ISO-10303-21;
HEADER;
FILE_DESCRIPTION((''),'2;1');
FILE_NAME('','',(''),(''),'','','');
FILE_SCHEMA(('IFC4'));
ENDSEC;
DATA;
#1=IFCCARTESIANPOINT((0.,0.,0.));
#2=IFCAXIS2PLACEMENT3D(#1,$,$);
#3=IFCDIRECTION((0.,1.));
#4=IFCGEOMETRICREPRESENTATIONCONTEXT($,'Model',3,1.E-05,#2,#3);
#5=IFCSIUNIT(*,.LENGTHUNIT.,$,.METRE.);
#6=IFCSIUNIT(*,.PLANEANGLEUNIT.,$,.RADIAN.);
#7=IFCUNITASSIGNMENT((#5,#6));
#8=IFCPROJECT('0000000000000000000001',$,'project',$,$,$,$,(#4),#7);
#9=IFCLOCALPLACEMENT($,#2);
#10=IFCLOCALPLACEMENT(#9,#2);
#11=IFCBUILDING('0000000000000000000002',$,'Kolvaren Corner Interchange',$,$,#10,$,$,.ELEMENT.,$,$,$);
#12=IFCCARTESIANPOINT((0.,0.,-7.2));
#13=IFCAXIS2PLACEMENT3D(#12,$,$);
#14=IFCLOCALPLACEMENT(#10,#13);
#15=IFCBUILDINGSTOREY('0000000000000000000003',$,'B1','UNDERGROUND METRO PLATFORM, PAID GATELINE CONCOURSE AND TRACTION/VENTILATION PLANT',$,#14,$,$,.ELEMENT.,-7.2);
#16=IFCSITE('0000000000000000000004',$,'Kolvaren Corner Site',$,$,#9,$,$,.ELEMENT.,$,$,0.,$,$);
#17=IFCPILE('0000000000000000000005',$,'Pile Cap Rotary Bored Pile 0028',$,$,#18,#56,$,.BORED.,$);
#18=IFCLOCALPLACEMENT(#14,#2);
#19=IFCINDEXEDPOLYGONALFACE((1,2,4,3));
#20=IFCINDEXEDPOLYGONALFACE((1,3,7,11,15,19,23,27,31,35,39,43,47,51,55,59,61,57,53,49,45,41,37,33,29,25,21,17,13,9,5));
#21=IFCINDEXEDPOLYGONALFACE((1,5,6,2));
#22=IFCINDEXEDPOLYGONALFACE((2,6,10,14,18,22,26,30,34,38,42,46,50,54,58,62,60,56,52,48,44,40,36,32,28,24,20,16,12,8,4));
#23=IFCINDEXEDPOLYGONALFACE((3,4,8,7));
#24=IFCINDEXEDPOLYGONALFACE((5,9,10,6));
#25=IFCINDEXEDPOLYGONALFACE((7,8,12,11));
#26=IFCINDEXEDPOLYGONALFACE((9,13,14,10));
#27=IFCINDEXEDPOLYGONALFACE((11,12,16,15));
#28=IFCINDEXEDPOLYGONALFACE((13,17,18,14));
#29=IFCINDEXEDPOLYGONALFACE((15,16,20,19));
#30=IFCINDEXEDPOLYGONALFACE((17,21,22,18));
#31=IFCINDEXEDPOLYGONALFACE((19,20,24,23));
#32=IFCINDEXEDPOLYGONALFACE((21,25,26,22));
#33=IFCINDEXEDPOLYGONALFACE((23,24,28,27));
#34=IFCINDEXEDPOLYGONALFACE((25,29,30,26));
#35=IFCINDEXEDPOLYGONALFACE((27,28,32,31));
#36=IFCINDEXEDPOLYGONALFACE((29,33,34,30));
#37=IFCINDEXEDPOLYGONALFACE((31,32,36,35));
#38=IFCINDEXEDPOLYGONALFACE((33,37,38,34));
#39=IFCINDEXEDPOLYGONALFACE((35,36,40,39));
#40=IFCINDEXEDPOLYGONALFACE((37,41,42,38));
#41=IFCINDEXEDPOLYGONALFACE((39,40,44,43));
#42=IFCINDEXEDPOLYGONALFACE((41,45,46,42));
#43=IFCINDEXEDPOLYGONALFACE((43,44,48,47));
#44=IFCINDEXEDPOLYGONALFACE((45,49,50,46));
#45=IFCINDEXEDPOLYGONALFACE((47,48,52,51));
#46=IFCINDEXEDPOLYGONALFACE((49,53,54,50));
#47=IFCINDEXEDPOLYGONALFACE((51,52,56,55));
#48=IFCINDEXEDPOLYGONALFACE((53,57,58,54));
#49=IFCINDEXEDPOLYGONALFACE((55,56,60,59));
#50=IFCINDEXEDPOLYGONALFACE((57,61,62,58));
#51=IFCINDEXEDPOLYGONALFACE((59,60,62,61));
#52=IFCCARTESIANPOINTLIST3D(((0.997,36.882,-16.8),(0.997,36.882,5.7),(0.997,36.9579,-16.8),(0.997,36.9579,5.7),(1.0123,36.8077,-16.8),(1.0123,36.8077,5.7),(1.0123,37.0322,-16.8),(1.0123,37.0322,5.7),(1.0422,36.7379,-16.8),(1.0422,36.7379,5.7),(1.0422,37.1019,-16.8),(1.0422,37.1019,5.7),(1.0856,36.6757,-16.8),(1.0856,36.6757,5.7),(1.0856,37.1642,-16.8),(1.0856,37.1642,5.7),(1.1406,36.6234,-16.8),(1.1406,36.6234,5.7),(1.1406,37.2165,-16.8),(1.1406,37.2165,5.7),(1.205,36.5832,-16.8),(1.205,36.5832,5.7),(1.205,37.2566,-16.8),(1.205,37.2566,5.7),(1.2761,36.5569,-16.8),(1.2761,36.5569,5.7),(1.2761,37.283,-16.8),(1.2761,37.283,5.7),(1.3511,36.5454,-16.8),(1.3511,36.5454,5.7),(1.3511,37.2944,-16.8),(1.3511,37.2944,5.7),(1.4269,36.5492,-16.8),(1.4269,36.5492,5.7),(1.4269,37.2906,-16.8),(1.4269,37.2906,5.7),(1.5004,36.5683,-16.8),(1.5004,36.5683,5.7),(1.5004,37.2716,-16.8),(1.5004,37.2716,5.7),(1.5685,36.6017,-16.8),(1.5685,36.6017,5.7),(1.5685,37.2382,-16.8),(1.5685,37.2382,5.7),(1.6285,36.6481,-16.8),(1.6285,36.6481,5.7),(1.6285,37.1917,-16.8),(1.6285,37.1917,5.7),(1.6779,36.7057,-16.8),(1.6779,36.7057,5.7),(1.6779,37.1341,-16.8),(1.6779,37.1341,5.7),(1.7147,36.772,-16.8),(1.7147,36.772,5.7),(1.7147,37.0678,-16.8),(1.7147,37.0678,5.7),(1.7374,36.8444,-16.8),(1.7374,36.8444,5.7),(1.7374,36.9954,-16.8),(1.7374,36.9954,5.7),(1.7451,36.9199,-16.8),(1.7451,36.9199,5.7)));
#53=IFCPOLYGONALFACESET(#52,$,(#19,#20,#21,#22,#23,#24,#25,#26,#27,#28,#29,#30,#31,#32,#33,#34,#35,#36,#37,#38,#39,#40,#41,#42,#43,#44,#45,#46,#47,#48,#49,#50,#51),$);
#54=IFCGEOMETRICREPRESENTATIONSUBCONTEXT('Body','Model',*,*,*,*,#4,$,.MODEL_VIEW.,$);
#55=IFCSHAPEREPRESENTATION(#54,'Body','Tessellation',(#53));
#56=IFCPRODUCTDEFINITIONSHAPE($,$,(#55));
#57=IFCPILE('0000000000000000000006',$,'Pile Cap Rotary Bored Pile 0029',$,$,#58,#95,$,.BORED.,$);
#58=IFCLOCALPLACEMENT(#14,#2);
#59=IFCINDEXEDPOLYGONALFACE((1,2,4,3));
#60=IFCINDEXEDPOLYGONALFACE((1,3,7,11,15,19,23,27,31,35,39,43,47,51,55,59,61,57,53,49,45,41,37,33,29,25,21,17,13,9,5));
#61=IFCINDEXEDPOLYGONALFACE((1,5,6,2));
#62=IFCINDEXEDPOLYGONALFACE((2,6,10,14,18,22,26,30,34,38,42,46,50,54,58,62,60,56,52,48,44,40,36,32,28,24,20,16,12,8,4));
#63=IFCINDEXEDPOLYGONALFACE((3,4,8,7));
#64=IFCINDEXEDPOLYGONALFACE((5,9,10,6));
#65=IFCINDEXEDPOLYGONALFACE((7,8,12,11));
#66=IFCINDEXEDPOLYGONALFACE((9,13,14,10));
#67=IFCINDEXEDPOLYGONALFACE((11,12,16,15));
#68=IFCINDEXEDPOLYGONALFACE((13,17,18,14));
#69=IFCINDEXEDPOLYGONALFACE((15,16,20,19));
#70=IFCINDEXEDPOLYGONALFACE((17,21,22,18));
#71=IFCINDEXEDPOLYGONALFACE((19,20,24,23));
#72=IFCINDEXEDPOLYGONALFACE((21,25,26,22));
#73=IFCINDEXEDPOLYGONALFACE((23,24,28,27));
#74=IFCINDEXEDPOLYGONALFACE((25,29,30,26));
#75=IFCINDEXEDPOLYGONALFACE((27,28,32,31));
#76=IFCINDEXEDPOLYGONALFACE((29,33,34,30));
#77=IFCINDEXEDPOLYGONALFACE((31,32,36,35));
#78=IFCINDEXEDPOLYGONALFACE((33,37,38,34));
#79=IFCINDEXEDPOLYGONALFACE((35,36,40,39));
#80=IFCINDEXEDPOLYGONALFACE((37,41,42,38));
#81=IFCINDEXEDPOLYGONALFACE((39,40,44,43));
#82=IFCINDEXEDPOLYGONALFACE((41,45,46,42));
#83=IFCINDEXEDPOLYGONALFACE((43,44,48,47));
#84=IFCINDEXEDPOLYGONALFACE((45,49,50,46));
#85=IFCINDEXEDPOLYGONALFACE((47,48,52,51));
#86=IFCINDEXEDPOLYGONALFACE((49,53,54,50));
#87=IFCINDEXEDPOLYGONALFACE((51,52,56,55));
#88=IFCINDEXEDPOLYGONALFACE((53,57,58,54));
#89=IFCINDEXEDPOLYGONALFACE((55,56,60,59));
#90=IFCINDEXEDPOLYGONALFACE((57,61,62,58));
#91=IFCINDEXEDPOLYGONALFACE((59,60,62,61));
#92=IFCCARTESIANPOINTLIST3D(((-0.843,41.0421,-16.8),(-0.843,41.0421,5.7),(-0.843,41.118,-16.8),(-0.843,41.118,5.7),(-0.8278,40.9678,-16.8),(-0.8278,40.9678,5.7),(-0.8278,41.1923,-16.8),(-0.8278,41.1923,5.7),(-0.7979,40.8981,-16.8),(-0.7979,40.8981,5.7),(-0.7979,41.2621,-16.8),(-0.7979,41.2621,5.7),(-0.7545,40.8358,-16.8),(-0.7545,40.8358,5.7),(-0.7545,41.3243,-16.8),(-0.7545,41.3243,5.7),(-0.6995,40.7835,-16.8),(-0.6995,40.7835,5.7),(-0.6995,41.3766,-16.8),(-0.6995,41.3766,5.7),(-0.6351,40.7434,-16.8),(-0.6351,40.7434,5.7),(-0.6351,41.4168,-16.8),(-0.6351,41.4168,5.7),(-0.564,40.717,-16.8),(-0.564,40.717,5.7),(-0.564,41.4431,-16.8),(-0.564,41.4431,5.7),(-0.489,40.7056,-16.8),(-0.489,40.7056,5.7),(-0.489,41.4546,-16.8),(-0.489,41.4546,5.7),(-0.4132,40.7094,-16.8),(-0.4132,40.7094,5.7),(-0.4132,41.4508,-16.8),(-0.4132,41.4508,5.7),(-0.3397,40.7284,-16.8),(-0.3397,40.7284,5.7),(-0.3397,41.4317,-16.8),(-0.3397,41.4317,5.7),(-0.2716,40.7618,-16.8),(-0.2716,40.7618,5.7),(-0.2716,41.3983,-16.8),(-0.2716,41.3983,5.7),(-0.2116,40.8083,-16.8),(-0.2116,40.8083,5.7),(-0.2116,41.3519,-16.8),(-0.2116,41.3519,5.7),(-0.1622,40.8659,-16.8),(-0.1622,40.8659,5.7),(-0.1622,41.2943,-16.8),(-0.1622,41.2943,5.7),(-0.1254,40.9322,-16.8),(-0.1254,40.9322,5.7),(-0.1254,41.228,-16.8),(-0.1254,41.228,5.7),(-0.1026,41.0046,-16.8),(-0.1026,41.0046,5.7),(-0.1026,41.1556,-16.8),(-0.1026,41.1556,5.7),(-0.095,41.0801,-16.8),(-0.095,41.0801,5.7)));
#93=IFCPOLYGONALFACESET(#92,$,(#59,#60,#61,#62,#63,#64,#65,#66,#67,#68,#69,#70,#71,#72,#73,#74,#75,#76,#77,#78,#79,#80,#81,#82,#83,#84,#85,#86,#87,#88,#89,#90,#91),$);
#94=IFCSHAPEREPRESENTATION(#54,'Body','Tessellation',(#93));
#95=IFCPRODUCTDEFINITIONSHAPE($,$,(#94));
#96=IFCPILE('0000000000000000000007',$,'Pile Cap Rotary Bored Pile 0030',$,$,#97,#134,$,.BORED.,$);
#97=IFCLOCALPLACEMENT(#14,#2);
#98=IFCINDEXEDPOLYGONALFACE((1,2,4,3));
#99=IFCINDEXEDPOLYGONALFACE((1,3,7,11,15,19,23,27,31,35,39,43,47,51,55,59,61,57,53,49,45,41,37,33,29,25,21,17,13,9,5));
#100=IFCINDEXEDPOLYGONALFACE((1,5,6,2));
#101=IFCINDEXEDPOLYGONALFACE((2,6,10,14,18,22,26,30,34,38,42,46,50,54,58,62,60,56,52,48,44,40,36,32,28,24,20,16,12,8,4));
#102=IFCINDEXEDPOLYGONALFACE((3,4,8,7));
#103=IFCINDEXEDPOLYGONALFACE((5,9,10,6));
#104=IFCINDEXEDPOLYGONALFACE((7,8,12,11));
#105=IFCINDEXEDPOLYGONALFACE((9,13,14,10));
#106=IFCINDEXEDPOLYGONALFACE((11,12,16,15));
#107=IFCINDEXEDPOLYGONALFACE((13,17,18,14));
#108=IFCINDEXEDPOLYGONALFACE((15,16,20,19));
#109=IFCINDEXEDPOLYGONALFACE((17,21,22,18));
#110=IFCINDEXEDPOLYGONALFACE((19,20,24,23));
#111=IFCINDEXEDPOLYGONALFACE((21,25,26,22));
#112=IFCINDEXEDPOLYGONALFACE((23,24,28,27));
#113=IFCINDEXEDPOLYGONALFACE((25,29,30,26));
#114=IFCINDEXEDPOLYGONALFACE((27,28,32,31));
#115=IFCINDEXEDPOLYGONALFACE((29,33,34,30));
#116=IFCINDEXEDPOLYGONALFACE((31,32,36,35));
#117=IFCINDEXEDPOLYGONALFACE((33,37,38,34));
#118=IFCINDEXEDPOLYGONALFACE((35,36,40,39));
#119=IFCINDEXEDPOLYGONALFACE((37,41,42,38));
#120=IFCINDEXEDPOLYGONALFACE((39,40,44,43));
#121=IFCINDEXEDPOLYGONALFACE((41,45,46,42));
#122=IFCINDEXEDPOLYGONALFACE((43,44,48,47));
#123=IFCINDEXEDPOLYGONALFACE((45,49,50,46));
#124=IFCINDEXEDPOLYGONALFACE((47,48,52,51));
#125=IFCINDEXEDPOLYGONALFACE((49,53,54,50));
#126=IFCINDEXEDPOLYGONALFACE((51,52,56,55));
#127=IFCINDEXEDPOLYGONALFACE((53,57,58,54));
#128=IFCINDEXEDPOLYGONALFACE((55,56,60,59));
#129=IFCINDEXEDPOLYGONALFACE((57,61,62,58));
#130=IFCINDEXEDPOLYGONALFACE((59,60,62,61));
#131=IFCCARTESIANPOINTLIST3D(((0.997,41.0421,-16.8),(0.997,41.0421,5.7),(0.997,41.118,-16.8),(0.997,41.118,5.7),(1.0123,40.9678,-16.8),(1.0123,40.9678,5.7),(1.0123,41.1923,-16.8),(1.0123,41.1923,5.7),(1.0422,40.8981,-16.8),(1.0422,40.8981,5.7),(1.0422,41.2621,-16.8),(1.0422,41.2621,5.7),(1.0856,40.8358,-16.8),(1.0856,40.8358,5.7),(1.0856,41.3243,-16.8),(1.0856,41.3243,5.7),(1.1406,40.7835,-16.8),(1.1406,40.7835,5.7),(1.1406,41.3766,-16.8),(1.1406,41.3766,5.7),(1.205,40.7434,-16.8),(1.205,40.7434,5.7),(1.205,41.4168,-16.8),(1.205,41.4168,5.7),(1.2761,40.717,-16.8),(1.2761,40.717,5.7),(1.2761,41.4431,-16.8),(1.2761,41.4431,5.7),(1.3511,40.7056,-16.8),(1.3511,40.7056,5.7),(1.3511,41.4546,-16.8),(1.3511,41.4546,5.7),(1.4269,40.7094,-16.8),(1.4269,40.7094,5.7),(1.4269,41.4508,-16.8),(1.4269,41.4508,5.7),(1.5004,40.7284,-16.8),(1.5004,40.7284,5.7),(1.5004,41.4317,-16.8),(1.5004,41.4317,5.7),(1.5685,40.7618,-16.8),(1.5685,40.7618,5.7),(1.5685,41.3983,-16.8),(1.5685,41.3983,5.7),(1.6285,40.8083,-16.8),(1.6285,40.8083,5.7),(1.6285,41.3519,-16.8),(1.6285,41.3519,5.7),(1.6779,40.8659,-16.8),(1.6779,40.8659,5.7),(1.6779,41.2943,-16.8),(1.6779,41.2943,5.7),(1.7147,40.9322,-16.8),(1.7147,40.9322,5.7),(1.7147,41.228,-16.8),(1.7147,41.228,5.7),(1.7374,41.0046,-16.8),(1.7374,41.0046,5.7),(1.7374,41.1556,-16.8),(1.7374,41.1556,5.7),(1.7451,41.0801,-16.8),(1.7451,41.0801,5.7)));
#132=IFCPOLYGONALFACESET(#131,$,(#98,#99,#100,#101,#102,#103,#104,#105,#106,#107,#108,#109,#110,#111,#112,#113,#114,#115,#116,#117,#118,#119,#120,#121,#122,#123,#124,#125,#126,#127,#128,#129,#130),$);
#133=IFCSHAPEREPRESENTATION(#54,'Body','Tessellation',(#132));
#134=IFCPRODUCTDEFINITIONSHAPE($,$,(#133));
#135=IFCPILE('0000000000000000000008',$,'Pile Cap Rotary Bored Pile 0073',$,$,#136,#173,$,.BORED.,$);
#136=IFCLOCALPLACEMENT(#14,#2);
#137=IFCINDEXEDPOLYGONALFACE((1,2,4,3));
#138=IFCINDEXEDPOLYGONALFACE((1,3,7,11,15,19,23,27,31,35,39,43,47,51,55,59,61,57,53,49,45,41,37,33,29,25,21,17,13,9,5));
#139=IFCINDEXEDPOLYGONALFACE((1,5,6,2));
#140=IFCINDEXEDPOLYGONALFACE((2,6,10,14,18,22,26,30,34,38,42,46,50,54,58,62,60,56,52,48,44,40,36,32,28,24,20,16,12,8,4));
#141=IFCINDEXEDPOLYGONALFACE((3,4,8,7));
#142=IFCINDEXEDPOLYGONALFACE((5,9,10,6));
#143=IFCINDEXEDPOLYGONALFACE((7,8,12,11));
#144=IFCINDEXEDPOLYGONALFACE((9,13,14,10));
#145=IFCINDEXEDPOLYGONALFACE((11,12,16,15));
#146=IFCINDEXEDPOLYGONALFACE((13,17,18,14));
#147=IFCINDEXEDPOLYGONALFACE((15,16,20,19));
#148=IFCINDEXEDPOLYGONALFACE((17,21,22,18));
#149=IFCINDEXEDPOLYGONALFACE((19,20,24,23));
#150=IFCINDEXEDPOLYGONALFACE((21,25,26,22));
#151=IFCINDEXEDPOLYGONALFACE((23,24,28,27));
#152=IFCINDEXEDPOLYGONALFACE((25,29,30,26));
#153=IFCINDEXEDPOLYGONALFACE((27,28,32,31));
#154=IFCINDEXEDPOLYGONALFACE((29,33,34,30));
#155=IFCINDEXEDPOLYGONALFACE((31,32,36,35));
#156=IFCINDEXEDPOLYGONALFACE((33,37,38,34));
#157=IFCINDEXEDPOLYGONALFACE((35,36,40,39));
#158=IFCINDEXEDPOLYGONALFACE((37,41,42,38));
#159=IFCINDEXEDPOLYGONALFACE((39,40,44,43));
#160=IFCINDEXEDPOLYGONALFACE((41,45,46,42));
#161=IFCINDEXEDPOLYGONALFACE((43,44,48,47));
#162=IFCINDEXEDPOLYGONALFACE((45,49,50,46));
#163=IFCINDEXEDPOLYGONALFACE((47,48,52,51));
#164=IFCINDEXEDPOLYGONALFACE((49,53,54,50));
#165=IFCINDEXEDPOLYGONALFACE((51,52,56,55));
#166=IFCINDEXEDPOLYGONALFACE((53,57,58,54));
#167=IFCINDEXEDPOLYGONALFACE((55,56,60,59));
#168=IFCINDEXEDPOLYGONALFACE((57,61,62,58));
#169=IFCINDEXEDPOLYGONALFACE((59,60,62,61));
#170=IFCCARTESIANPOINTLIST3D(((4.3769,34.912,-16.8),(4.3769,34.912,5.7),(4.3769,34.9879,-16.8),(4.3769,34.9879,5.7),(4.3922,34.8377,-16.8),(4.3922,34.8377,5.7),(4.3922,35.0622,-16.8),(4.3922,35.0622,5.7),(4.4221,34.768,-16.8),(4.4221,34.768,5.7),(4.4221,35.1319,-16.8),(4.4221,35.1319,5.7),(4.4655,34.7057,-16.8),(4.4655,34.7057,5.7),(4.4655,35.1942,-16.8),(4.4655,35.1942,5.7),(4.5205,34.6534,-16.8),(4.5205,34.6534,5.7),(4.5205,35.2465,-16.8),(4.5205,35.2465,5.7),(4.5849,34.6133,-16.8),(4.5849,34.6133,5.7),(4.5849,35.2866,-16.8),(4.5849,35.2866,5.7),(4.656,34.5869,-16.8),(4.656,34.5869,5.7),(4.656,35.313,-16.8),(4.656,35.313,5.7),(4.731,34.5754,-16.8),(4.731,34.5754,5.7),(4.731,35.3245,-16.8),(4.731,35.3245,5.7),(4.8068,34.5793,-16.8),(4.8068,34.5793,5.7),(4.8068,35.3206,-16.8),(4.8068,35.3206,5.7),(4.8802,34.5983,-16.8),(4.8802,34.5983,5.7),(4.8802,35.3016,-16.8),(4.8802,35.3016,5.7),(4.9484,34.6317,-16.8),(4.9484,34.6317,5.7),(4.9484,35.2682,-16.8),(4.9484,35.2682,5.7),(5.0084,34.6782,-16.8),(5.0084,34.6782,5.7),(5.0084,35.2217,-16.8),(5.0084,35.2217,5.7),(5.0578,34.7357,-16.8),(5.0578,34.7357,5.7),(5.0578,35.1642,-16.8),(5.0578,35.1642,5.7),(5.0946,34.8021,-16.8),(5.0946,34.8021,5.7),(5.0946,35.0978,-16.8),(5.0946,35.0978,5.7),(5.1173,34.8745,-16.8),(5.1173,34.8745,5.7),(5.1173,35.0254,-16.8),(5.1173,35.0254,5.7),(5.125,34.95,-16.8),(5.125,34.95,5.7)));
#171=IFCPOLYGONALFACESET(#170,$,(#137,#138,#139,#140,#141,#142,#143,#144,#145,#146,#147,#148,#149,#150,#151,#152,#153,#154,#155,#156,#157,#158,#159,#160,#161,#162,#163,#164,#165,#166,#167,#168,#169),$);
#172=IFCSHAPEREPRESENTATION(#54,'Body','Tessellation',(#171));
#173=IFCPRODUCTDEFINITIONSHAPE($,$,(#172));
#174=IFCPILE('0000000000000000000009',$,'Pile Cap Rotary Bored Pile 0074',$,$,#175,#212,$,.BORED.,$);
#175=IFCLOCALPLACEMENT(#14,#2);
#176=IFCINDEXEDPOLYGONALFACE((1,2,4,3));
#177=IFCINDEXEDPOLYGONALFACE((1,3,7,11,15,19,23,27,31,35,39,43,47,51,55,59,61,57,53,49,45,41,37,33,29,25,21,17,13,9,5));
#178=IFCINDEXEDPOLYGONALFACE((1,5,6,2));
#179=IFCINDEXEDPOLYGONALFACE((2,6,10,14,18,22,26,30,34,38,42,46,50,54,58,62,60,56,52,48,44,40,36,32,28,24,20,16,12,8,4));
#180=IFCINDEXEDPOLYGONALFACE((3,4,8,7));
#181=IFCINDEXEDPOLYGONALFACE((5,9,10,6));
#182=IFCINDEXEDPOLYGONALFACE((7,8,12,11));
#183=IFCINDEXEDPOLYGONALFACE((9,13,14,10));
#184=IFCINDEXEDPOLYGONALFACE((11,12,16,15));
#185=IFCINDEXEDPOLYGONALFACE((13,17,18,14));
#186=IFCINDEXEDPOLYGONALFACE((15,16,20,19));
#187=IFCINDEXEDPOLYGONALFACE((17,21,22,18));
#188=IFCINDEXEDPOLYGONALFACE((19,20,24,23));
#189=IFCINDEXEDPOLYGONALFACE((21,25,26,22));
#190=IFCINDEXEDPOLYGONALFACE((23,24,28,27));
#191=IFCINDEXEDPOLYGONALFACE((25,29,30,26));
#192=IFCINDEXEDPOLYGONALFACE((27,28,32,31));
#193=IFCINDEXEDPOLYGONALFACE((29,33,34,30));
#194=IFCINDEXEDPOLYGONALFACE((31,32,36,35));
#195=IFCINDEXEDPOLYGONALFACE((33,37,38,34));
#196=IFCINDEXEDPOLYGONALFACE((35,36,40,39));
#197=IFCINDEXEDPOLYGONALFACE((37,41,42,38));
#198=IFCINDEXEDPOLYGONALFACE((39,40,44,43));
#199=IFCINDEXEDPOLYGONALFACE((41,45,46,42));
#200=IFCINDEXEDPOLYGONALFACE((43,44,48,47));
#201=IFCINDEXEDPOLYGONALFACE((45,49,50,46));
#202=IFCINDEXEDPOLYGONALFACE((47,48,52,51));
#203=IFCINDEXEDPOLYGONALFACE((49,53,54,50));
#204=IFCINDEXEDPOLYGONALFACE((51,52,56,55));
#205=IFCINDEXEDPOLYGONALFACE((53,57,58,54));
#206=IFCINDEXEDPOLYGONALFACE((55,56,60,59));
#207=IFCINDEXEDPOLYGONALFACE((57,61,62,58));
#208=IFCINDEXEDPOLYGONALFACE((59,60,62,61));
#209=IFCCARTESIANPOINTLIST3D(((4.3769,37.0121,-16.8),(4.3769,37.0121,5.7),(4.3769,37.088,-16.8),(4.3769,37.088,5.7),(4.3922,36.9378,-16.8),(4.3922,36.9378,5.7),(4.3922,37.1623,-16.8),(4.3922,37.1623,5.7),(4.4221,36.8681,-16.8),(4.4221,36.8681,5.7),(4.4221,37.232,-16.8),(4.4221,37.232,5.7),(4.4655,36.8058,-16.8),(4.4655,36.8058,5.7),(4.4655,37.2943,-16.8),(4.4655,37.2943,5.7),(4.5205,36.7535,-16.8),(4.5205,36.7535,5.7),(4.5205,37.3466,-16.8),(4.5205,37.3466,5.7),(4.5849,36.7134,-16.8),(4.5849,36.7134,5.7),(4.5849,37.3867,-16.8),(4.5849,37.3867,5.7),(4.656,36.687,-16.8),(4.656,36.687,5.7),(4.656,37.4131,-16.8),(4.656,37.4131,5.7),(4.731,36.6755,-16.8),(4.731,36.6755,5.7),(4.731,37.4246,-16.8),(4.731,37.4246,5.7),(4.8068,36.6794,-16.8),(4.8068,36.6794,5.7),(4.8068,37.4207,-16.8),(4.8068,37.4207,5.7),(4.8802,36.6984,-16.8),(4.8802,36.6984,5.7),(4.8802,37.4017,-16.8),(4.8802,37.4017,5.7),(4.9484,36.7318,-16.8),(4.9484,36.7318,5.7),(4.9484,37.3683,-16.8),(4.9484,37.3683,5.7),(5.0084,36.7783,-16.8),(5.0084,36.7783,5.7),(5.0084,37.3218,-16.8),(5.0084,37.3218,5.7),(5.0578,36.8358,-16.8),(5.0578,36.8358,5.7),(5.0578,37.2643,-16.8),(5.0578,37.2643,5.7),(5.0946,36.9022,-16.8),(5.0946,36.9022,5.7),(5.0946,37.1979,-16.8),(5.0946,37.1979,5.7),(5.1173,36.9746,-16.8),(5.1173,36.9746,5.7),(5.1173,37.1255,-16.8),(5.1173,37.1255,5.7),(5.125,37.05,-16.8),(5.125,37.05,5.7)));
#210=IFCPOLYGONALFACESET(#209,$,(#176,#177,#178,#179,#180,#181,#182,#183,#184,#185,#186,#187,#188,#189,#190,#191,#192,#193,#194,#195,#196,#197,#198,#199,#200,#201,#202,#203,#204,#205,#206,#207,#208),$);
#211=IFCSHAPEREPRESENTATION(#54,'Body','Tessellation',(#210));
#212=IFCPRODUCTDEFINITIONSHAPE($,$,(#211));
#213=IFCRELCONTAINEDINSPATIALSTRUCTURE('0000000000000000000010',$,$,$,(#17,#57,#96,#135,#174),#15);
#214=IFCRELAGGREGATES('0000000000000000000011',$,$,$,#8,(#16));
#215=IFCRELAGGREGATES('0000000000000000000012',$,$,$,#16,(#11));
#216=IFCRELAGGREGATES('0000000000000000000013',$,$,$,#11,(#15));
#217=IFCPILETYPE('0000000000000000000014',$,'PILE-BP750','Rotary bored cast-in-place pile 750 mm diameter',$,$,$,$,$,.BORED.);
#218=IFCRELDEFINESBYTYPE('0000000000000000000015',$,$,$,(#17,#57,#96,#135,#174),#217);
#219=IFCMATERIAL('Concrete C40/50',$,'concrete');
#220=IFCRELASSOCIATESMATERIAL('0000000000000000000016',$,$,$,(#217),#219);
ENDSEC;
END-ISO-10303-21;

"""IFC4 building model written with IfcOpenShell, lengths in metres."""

from ifc_helpers import new_model, si_unit, direction, frame, origin, origin_2d, place, context, subcontext, project, spatial, circle, extrude, material, material_profile, profile_set, type_object, element, save


model = new_model("IFC4")

# Units and contexts
model_context = context("Model", 3, precision=1e-05, world=origin(), true_north=direction((0.0, 1.0)))
body_context = subcontext(model_context, "Body", "Model", "MODEL_VIEW")
ifc_project = project(units=[si_unit("LENGTHUNIT", "METRE"), si_unit("PLANEANGLEUNIT", "RADIAN")], contexts=[model_context])

# Site, building, storey
site_placement = place(None, origin())
site = spatial("IfcSite", under=ifc_project, at=site_placement, Name="Kolvaren Corner Site", CompositionType="ELEMENT", RefElevation=0.0)
building_placement = place(site_placement, origin())
building = spatial("IfcBuilding", under=site, at=building_placement, Name="Kolvaren Corner Interchange", CompositionType="ELEMENT")
storey_placement = place(building_placement, frame((0.0, 0.0, -7.2)))
storey = spatial("IfcBuildingStorey", under=building, at=storey_placement, Name="B1", Description="UNDERGROUND METRO PLATFORM, PAID GATELINE CONCOURSE AND TRACTION/VENTILATION PLANT", CompositionType="ELEMENT", Elevation=-7.2)

# Piles
ifc_material_1 = material(Name="Concrete C40/50", Category="concrete")
ifc_material_profile_1 = material_profile(ifc_material_1, circle(Radius=0.375, at=origin_2d()), Name="BORED PILE 750")
ifc_profile_set_1 = profile_set([ifc_material_profile_1], Name="Concrete C40/50")
pile_type_1 = type_object("IfcPileType", Name="PILE-BP750", Description="Rotary bored cast-in-place pile 750 mm diameter", PredefinedType="BORED", material=ifc_profile_set_1)
for number, where, z_axis, x_axis, name in (
    (1, (1.3701, 36.9199, 5.7), (0.0, 0.0, -1.0), (1.0, 0.0, 0.0), "Pile Cap Rotary Bored Pile 0028"),
    (2, (-0.47, 41.0801, 5.7), (0.0, 0.0, -1.0), (1.0, 0.0, 0.0), "Pile Cap Rotary Bored Pile 0029"),
    (3, (1.3701, 41.0801, 5.7), (0.0, 0.0, -1.0), (1.0, 0.0, 0.0), "Pile Cap Rotary Bored Pile 0030"),
    (4, (4.75, 34.95, 5.7), (0.0, 0.0, -1.0), (1.0, 0.0, 0.0), "Pile Cap Rotary Bored Pile 0073"),
    (5, (4.75, 37.05, 5.7), (0.0, 0.0, -1.0), (1.0, 0.0, 0.0), "Pile Cap Rotary Bored Pile 0074"),
):
    element("IfcPile", number, at=place(storey_placement, frame(where, z_axis=z_axis, x_axis=x_axis)), inside=storey, type_object=pile_type_1, Name=name, PredefinedType="BORED", context=body_context, shape_type="SweptSolid", body=[
        extrude(circle(Radius=0.375, at=origin_2d()), origin(), (0.0, 0.0, 1.0), 22.5),
    ])

save(model, "model.ifc")
